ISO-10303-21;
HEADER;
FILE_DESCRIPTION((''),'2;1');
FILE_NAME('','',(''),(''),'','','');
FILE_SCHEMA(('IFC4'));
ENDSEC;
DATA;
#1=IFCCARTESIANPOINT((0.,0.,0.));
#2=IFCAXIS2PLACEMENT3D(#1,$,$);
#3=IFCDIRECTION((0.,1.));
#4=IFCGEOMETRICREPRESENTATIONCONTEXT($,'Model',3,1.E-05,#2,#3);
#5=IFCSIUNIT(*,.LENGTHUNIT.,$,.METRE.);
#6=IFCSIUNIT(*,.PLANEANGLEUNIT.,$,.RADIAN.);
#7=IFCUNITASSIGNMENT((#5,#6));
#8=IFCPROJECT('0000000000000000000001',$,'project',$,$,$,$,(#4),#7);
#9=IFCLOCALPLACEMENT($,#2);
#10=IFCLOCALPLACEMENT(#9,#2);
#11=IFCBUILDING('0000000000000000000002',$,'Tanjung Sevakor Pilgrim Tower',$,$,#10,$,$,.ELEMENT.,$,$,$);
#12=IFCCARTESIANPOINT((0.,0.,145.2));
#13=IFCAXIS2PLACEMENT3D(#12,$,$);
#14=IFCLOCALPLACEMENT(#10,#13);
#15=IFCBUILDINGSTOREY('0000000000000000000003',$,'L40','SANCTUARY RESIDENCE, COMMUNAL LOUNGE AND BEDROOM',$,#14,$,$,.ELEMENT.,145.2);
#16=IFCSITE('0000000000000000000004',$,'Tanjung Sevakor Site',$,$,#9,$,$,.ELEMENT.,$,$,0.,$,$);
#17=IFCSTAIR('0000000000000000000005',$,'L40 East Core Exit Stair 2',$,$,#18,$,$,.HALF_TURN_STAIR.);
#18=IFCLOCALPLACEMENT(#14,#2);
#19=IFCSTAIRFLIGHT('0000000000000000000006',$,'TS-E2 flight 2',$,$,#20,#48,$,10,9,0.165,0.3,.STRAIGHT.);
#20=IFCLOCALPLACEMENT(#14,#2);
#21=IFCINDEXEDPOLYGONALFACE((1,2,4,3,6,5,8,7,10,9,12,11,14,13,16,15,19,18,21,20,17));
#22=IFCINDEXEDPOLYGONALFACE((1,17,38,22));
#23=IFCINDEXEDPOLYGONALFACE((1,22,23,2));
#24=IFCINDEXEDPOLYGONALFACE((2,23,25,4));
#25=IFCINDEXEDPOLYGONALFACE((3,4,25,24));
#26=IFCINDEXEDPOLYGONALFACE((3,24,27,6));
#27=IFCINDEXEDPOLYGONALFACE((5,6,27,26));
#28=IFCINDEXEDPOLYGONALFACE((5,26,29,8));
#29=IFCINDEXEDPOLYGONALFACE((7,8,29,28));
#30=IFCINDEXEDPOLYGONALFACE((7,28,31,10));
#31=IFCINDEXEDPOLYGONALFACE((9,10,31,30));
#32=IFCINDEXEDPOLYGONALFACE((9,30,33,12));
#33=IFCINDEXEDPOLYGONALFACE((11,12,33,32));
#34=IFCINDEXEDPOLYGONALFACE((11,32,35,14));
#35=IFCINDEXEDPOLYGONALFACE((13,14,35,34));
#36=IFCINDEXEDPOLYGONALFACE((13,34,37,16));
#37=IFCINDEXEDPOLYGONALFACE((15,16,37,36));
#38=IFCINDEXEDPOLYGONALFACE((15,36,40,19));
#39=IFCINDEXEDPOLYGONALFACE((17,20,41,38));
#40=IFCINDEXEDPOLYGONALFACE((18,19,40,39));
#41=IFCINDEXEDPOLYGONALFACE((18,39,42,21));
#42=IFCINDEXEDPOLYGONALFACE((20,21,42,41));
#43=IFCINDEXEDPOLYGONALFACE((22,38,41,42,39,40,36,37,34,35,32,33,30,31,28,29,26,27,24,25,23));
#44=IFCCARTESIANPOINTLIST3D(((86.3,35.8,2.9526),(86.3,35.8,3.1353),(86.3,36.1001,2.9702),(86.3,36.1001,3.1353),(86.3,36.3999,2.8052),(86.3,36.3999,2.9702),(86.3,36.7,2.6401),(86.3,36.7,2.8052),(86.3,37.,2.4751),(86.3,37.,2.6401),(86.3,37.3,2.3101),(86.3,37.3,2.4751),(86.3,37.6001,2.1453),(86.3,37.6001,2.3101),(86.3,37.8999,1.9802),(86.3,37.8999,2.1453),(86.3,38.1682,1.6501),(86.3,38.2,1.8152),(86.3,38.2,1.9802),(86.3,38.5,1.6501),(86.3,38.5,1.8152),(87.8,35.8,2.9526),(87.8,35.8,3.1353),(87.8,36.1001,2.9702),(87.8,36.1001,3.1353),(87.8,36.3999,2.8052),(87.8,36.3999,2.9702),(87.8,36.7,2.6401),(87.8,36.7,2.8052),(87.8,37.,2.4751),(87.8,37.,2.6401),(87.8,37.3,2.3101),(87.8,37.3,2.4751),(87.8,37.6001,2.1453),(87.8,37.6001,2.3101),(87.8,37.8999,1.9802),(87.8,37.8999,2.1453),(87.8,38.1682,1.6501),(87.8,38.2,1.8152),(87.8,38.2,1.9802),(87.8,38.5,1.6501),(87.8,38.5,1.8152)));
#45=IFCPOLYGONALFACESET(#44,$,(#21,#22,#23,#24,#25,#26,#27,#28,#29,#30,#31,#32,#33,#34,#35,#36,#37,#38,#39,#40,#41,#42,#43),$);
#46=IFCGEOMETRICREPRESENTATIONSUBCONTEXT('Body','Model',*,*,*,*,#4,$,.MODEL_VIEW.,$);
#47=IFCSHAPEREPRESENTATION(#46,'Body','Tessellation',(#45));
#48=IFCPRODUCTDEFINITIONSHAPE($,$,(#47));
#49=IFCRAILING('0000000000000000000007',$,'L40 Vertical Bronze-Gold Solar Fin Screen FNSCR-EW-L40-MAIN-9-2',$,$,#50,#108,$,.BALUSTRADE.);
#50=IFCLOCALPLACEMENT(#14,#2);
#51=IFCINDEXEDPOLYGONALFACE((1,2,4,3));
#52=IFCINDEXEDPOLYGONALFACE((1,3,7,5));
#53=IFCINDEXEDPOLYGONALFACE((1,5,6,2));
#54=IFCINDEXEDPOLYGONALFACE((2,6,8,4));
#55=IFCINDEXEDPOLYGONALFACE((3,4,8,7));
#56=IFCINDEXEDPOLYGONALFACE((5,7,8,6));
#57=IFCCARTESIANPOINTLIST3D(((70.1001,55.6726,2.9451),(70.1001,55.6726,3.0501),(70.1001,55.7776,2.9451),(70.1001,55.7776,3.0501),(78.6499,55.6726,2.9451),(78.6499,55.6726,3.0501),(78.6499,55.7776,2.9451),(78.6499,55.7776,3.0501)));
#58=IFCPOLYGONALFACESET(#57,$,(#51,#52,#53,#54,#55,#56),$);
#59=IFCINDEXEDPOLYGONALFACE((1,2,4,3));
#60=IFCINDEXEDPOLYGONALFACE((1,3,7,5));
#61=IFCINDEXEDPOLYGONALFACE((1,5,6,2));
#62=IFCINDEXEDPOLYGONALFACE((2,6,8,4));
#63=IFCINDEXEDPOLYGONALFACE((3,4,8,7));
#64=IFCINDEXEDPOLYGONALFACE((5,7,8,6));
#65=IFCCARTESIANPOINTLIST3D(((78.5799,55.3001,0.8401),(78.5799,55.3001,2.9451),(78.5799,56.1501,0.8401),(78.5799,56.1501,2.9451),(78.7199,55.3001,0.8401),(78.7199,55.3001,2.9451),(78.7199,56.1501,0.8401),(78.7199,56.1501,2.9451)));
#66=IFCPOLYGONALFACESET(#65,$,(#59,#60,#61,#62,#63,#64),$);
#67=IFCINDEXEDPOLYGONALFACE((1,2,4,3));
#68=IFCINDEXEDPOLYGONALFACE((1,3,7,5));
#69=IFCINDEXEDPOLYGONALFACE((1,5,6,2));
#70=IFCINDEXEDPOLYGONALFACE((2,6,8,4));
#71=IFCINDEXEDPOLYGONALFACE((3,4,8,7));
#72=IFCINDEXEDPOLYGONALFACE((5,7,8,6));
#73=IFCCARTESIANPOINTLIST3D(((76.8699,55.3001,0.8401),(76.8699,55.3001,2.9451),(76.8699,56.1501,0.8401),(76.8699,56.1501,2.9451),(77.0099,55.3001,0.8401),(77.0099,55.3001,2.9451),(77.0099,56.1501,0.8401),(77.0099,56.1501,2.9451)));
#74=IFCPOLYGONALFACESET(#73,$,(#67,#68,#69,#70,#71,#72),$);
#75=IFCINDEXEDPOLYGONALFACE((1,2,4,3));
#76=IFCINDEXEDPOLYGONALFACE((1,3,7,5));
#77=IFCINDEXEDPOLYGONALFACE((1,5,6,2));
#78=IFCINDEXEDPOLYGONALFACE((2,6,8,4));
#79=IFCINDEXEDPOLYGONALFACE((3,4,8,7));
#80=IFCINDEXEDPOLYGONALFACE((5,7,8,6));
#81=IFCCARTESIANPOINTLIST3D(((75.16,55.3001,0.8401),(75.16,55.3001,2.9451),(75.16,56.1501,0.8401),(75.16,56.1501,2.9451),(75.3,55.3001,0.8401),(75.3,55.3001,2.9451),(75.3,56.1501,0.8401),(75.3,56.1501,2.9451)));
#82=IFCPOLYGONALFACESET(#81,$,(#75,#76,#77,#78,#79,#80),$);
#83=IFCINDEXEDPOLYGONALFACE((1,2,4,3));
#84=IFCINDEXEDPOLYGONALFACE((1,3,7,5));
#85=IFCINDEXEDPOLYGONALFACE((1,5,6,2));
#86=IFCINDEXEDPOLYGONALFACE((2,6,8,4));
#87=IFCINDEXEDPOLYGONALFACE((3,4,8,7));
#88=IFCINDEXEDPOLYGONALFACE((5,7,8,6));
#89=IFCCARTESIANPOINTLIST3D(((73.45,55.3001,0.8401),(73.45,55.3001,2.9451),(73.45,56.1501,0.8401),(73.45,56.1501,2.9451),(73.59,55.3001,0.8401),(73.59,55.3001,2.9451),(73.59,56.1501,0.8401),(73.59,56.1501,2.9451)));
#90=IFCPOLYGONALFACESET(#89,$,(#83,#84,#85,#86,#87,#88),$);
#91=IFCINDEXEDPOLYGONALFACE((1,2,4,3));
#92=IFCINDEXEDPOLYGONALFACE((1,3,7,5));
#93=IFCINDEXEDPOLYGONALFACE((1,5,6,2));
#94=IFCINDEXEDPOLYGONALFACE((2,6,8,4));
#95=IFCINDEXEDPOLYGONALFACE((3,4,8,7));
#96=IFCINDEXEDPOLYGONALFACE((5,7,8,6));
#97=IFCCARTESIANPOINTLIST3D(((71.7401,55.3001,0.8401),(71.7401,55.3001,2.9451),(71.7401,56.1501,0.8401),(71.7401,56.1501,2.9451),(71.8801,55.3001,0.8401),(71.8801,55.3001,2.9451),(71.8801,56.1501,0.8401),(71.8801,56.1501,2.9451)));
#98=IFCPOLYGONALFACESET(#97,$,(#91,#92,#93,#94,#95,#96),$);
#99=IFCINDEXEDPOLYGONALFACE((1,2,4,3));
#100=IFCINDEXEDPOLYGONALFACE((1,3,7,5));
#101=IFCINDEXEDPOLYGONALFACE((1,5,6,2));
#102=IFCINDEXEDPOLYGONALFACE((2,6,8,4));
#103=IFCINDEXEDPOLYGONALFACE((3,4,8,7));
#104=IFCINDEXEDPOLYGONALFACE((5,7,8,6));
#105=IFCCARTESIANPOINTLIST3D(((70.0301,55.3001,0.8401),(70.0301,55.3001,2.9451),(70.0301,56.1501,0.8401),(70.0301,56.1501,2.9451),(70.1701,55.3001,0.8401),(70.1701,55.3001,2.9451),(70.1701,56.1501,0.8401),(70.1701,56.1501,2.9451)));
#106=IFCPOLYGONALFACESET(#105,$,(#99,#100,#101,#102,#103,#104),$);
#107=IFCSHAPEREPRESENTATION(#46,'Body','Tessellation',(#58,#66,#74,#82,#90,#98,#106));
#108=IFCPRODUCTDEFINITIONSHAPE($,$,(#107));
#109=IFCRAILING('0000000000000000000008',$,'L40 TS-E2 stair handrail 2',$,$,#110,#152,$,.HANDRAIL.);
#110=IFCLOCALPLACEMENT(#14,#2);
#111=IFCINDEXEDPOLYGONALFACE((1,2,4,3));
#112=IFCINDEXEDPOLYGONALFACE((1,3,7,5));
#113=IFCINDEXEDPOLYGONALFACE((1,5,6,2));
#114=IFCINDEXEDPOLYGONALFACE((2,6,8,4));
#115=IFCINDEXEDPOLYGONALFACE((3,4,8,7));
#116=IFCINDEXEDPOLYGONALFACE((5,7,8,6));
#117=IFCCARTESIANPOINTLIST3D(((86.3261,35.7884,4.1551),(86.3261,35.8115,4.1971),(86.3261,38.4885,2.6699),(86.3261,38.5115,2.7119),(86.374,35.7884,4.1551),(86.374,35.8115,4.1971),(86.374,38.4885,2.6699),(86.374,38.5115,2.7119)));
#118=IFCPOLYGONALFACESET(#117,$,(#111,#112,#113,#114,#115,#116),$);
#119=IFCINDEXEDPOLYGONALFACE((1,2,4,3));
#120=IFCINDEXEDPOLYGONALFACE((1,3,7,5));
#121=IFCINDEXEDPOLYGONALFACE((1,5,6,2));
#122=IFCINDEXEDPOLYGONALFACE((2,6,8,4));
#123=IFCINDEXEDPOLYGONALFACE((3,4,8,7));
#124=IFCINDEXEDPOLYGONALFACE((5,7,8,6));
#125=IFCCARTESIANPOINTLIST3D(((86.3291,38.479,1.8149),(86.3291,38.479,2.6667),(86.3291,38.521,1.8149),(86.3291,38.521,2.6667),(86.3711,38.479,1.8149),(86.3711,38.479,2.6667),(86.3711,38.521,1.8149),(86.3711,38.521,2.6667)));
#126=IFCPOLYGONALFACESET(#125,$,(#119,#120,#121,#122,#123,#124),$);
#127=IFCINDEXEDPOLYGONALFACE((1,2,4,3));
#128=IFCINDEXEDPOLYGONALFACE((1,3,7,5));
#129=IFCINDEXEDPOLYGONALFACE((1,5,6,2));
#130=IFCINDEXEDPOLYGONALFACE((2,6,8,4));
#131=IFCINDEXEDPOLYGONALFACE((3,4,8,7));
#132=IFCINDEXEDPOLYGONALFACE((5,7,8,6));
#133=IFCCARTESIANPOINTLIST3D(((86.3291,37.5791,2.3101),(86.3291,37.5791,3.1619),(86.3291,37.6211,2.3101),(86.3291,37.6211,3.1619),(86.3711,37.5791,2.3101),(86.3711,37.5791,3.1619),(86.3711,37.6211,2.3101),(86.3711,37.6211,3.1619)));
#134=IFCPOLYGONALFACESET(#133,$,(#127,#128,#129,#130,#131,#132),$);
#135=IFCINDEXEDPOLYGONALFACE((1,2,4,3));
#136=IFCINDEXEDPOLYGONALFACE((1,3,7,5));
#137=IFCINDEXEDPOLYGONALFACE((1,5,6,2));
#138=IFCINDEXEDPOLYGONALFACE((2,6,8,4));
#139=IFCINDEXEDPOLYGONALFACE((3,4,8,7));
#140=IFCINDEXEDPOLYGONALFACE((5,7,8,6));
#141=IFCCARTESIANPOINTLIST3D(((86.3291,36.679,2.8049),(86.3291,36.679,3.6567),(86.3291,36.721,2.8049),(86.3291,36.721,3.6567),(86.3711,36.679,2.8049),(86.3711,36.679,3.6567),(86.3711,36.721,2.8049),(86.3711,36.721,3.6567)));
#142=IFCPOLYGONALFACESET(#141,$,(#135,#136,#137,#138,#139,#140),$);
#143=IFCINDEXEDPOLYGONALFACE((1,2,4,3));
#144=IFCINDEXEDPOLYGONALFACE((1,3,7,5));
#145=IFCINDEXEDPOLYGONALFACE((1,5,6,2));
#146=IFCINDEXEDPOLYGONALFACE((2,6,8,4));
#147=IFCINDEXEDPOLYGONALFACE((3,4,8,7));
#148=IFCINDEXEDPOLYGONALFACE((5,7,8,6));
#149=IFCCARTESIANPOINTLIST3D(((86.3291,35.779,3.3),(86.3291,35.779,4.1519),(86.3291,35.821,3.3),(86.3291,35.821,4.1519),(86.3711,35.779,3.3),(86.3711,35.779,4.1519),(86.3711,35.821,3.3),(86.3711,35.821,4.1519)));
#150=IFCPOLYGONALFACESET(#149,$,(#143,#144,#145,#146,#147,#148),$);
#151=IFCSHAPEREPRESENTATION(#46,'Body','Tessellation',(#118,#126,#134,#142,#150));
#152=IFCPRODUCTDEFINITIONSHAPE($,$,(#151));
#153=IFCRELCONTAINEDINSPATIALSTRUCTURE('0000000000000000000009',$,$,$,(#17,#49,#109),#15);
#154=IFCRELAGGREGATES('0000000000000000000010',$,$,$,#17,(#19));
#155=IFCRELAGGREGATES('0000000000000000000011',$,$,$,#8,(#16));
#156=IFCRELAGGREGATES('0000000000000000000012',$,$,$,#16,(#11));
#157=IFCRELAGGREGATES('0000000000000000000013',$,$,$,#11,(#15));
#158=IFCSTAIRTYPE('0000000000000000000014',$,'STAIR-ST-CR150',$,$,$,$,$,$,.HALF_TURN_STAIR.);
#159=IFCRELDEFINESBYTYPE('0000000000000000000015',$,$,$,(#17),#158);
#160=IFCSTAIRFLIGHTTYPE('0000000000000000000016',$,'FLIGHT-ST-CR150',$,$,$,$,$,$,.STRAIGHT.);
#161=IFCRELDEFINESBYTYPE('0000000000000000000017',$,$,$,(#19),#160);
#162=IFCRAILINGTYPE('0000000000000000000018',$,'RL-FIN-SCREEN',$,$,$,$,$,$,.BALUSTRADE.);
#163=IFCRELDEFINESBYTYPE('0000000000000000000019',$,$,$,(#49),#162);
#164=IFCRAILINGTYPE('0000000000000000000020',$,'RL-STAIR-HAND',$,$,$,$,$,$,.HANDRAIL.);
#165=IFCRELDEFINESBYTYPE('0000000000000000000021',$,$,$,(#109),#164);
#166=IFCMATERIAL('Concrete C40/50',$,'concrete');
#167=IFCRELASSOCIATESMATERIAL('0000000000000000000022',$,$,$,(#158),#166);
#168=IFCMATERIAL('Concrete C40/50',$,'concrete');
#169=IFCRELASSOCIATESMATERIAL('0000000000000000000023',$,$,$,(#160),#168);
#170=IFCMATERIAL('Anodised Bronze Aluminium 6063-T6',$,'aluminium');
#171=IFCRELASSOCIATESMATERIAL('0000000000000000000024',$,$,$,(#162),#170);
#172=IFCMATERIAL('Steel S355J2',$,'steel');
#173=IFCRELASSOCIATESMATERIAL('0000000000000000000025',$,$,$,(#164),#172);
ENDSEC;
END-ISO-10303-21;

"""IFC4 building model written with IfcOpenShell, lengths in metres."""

from ifc_helpers import new_model, si_unit, direction, frame, origin, place, context, subcontext, project, spatial, polyline, rectangle, outline, extrude, material, type_object, element, aggregate, save


model = new_model("IFC4")

# Units and contexts
model_context = context("Model", 3, precision=1e-05, world=origin(), true_north=direction((0.0, 1.0)))
body_context = subcontext(model_context, "Body", "Model", "MODEL_VIEW")
ifc_project = project(units=[si_unit("LENGTHUNIT", "METRE"), si_unit("PLANEANGLEUNIT", "RADIAN")], contexts=[model_context])

# Site, building, storey
site_placement = place(None, origin())
site = spatial("IfcSite", under=ifc_project, at=site_placement, Name="Tanjung Sevakor Site", CompositionType="ELEMENT", RefElevation=0.0)
building_placement = place(site_placement, origin())
building = spatial("IfcBuilding", under=site, at=building_placement, Name="Tanjung Sevakor Pilgrim Tower", CompositionType="ELEMENT")
storey_placement = place(building_placement, frame((0.0, 0.0, 145.2)))
storey = spatial("IfcBuildingStorey", under=building, at=storey_placement, Name="L40", Description="SANCTUARY RESIDENCE, COMMUNAL LOUNGE AND BEDROOM", CompositionType="ELEMENT", Elevation=145.2)

# Stair, stair flight
ifc_material_1 = material(Name="Concrete C40/50", Category="concrete")
stair_type = type_object("IfcStairType", Name="STAIR-ST-CR150", PredefinedType="HALF_TURN_STAIR", material=ifc_material_1)
stair_placement = place(storey_placement, origin())
stair = element("IfcStair", 1, at=stair_placement, inside=storey, type_object=stair_type, Name="L40 East Core Exit Stair 2", PredefinedType="HALF_TURN_STAIR")
ifc_material_2 = material(Name="Concrete C40/50", Category="concrete")
stair_flight_type = type_object("IfcStairFlightType", Name="FLIGHT-ST-CR150", PredefinedType="STRAIGHT", material=ifc_material_2)
stair_flight_placement = place(storey_placement, frame((87.05, 38.5, 1.6501), z_axis=(0.0, 0.0, 1.0), x_axis=(0.0, -1.0, 0.0)))
stair_flight = element("IfcStairFlight", 2, at=stair_flight_placement, type_object=stair_flight_type, Name="TS-E2 flight 2", NumberOfRisers=10, NumberOfTreads=9, PredefinedType="STRAIGHT", RiserHeight=0.165, TreadLength=0.3, context=body_context, shape_type="SweptSolid", body=[
    extrude(outline(polyline([(0.0, 0.0), (0.0, 0.165), (0.3, 0.165), (0.3, 0.3301), (0.6001, 0.3301), (0.6001, 0.4951), (0.8999, 0.4951), (0.8999, 0.6599), (1.2, 0.6599), (1.2, 0.825), (1.5, 0.825), (1.5, 0.99), (1.8, 0.99), (1.8, 1.155), (2.1001, 1.155), (2.1001, 1.3201), (2.3999, 1.3201), (2.3999, 1.4851), (2.7, 1.4851), (2.7, 1.6499), (2.7, 1.3025), (0.3318, 0.0), (0.0, 0.0)])), frame((0.0, 0.75, 0.0), z_axis=(0.0, -1.0, 0.0), x_axis=(1.0, 0.0, 0.0)), (0.0, 0.0, 1.0), 1.5),
])
aggregate(stair, [stair_flight])

# Railings
ifc_material_3 = material(Name="Anodised Bronze Aluminium 6063-T6", Category="aluminium")
railing_type_1 = type_object("IfcRailingType", Name="RL-FIN-SCREEN", PredefinedType="BALUSTRADE", material=ifc_material_3)
railing_1_placement = place(storey_placement, frame((78.6499, 55.7251, 0.8401)))
element("IfcRailing", 3, at=railing_1_placement, inside=storey, type_object=railing_type_1, Name="L40 Vertical Bronze-Gold Solar Fin Screen FNSCR-EW-L40-MAIN-9-2", PredefinedType="BALUSTRADE", context=body_context, shape_type="SweptSolid", body=[
    extrude(rectangle(XDim=0.105, YDim=0.105), frame((0.0, 0.0, 2.1575), z_axis=(-1.0, 0.0, 0.0), x_axis=(0.0, -1.0, 0.0)), (0.0, 0.0, 1.0), 8.5498),
    extrude(rectangle(XDim=0.14, YDim=0.85), origin(), (0.0, 0.0, 1.0), 2.105),
    extrude(rectangle(XDim=0.14, YDim=0.85), frame((-1.71, 0.0, 0.0)), (0.0, 0.0, 1.0), 2.105),
    extrude(rectangle(XDim=0.14, YDim=0.85), frame((-3.4199, 0.0, 0.0)), (0.0, 0.0, 1.0), 2.105),
    extrude(rectangle(XDim=0.14, YDim=0.85), frame((-5.1299, 0.0, 0.0)), (0.0, 0.0, 1.0), 2.105),
    extrude(rectangle(XDim=0.14, YDim=0.85), frame((-6.8398, 0.0, 0.0)), (0.0, 0.0, 1.0), 2.105),
    extrude(rectangle(XDim=0.14, YDim=0.85), frame((-8.5498, 0.0, 0.0)), (0.0, 0.0, 1.0), 2.105),
])
ifc_material_4 = material(Name="Steel S355J2", Category="steel")
railing_type_2 = type_object("IfcRailingType", Name="RL-STAIR-HAND", PredefinedType="HANDRAIL", material=ifc_material_4)
railing_2_placement = place(storey_placement, frame((86.3501, 38.5, 1.8149)))
element("IfcRailing", 4, at=railing_2_placement, inside=storey, type_object=railing_type_2, Name="L40 TS-E2 stair handrail 2", PredefinedType="HANDRAIL", context=body_context, shape_type="SweptSolid", body=[
    extrude(rectangle(XDim=0.0479, YDim=0.0479), frame((0.0, 0.0, 0.876), z_axis=(0.0, -0.876198, 0.481952), x_axis=(1.0, 0.0, 0.0)), (0.0, 0.0, 1.0), 3.0815),
    extrude(rectangle(XDim=0.042, YDim=0.042), origin(), (0.0, 0.0, 1.0), 0.8518),
    extrude(rectangle(XDim=0.042, YDim=0.042), frame((0.0, -0.8999, 0.4951)), (0.0, 0.0, 1.0), 0.8518),
    extrude(rectangle(XDim=0.042, YDim=0.042), frame((0.0, -1.8, 0.99)), (0.0, 0.0, 1.0), 0.8518),
    extrude(rectangle(XDim=0.042, YDim=0.042), frame((0.0, -2.7, 1.4851)), (0.0, 0.0, 1.0), 0.8518),
])

save(model, "model.ifc")
